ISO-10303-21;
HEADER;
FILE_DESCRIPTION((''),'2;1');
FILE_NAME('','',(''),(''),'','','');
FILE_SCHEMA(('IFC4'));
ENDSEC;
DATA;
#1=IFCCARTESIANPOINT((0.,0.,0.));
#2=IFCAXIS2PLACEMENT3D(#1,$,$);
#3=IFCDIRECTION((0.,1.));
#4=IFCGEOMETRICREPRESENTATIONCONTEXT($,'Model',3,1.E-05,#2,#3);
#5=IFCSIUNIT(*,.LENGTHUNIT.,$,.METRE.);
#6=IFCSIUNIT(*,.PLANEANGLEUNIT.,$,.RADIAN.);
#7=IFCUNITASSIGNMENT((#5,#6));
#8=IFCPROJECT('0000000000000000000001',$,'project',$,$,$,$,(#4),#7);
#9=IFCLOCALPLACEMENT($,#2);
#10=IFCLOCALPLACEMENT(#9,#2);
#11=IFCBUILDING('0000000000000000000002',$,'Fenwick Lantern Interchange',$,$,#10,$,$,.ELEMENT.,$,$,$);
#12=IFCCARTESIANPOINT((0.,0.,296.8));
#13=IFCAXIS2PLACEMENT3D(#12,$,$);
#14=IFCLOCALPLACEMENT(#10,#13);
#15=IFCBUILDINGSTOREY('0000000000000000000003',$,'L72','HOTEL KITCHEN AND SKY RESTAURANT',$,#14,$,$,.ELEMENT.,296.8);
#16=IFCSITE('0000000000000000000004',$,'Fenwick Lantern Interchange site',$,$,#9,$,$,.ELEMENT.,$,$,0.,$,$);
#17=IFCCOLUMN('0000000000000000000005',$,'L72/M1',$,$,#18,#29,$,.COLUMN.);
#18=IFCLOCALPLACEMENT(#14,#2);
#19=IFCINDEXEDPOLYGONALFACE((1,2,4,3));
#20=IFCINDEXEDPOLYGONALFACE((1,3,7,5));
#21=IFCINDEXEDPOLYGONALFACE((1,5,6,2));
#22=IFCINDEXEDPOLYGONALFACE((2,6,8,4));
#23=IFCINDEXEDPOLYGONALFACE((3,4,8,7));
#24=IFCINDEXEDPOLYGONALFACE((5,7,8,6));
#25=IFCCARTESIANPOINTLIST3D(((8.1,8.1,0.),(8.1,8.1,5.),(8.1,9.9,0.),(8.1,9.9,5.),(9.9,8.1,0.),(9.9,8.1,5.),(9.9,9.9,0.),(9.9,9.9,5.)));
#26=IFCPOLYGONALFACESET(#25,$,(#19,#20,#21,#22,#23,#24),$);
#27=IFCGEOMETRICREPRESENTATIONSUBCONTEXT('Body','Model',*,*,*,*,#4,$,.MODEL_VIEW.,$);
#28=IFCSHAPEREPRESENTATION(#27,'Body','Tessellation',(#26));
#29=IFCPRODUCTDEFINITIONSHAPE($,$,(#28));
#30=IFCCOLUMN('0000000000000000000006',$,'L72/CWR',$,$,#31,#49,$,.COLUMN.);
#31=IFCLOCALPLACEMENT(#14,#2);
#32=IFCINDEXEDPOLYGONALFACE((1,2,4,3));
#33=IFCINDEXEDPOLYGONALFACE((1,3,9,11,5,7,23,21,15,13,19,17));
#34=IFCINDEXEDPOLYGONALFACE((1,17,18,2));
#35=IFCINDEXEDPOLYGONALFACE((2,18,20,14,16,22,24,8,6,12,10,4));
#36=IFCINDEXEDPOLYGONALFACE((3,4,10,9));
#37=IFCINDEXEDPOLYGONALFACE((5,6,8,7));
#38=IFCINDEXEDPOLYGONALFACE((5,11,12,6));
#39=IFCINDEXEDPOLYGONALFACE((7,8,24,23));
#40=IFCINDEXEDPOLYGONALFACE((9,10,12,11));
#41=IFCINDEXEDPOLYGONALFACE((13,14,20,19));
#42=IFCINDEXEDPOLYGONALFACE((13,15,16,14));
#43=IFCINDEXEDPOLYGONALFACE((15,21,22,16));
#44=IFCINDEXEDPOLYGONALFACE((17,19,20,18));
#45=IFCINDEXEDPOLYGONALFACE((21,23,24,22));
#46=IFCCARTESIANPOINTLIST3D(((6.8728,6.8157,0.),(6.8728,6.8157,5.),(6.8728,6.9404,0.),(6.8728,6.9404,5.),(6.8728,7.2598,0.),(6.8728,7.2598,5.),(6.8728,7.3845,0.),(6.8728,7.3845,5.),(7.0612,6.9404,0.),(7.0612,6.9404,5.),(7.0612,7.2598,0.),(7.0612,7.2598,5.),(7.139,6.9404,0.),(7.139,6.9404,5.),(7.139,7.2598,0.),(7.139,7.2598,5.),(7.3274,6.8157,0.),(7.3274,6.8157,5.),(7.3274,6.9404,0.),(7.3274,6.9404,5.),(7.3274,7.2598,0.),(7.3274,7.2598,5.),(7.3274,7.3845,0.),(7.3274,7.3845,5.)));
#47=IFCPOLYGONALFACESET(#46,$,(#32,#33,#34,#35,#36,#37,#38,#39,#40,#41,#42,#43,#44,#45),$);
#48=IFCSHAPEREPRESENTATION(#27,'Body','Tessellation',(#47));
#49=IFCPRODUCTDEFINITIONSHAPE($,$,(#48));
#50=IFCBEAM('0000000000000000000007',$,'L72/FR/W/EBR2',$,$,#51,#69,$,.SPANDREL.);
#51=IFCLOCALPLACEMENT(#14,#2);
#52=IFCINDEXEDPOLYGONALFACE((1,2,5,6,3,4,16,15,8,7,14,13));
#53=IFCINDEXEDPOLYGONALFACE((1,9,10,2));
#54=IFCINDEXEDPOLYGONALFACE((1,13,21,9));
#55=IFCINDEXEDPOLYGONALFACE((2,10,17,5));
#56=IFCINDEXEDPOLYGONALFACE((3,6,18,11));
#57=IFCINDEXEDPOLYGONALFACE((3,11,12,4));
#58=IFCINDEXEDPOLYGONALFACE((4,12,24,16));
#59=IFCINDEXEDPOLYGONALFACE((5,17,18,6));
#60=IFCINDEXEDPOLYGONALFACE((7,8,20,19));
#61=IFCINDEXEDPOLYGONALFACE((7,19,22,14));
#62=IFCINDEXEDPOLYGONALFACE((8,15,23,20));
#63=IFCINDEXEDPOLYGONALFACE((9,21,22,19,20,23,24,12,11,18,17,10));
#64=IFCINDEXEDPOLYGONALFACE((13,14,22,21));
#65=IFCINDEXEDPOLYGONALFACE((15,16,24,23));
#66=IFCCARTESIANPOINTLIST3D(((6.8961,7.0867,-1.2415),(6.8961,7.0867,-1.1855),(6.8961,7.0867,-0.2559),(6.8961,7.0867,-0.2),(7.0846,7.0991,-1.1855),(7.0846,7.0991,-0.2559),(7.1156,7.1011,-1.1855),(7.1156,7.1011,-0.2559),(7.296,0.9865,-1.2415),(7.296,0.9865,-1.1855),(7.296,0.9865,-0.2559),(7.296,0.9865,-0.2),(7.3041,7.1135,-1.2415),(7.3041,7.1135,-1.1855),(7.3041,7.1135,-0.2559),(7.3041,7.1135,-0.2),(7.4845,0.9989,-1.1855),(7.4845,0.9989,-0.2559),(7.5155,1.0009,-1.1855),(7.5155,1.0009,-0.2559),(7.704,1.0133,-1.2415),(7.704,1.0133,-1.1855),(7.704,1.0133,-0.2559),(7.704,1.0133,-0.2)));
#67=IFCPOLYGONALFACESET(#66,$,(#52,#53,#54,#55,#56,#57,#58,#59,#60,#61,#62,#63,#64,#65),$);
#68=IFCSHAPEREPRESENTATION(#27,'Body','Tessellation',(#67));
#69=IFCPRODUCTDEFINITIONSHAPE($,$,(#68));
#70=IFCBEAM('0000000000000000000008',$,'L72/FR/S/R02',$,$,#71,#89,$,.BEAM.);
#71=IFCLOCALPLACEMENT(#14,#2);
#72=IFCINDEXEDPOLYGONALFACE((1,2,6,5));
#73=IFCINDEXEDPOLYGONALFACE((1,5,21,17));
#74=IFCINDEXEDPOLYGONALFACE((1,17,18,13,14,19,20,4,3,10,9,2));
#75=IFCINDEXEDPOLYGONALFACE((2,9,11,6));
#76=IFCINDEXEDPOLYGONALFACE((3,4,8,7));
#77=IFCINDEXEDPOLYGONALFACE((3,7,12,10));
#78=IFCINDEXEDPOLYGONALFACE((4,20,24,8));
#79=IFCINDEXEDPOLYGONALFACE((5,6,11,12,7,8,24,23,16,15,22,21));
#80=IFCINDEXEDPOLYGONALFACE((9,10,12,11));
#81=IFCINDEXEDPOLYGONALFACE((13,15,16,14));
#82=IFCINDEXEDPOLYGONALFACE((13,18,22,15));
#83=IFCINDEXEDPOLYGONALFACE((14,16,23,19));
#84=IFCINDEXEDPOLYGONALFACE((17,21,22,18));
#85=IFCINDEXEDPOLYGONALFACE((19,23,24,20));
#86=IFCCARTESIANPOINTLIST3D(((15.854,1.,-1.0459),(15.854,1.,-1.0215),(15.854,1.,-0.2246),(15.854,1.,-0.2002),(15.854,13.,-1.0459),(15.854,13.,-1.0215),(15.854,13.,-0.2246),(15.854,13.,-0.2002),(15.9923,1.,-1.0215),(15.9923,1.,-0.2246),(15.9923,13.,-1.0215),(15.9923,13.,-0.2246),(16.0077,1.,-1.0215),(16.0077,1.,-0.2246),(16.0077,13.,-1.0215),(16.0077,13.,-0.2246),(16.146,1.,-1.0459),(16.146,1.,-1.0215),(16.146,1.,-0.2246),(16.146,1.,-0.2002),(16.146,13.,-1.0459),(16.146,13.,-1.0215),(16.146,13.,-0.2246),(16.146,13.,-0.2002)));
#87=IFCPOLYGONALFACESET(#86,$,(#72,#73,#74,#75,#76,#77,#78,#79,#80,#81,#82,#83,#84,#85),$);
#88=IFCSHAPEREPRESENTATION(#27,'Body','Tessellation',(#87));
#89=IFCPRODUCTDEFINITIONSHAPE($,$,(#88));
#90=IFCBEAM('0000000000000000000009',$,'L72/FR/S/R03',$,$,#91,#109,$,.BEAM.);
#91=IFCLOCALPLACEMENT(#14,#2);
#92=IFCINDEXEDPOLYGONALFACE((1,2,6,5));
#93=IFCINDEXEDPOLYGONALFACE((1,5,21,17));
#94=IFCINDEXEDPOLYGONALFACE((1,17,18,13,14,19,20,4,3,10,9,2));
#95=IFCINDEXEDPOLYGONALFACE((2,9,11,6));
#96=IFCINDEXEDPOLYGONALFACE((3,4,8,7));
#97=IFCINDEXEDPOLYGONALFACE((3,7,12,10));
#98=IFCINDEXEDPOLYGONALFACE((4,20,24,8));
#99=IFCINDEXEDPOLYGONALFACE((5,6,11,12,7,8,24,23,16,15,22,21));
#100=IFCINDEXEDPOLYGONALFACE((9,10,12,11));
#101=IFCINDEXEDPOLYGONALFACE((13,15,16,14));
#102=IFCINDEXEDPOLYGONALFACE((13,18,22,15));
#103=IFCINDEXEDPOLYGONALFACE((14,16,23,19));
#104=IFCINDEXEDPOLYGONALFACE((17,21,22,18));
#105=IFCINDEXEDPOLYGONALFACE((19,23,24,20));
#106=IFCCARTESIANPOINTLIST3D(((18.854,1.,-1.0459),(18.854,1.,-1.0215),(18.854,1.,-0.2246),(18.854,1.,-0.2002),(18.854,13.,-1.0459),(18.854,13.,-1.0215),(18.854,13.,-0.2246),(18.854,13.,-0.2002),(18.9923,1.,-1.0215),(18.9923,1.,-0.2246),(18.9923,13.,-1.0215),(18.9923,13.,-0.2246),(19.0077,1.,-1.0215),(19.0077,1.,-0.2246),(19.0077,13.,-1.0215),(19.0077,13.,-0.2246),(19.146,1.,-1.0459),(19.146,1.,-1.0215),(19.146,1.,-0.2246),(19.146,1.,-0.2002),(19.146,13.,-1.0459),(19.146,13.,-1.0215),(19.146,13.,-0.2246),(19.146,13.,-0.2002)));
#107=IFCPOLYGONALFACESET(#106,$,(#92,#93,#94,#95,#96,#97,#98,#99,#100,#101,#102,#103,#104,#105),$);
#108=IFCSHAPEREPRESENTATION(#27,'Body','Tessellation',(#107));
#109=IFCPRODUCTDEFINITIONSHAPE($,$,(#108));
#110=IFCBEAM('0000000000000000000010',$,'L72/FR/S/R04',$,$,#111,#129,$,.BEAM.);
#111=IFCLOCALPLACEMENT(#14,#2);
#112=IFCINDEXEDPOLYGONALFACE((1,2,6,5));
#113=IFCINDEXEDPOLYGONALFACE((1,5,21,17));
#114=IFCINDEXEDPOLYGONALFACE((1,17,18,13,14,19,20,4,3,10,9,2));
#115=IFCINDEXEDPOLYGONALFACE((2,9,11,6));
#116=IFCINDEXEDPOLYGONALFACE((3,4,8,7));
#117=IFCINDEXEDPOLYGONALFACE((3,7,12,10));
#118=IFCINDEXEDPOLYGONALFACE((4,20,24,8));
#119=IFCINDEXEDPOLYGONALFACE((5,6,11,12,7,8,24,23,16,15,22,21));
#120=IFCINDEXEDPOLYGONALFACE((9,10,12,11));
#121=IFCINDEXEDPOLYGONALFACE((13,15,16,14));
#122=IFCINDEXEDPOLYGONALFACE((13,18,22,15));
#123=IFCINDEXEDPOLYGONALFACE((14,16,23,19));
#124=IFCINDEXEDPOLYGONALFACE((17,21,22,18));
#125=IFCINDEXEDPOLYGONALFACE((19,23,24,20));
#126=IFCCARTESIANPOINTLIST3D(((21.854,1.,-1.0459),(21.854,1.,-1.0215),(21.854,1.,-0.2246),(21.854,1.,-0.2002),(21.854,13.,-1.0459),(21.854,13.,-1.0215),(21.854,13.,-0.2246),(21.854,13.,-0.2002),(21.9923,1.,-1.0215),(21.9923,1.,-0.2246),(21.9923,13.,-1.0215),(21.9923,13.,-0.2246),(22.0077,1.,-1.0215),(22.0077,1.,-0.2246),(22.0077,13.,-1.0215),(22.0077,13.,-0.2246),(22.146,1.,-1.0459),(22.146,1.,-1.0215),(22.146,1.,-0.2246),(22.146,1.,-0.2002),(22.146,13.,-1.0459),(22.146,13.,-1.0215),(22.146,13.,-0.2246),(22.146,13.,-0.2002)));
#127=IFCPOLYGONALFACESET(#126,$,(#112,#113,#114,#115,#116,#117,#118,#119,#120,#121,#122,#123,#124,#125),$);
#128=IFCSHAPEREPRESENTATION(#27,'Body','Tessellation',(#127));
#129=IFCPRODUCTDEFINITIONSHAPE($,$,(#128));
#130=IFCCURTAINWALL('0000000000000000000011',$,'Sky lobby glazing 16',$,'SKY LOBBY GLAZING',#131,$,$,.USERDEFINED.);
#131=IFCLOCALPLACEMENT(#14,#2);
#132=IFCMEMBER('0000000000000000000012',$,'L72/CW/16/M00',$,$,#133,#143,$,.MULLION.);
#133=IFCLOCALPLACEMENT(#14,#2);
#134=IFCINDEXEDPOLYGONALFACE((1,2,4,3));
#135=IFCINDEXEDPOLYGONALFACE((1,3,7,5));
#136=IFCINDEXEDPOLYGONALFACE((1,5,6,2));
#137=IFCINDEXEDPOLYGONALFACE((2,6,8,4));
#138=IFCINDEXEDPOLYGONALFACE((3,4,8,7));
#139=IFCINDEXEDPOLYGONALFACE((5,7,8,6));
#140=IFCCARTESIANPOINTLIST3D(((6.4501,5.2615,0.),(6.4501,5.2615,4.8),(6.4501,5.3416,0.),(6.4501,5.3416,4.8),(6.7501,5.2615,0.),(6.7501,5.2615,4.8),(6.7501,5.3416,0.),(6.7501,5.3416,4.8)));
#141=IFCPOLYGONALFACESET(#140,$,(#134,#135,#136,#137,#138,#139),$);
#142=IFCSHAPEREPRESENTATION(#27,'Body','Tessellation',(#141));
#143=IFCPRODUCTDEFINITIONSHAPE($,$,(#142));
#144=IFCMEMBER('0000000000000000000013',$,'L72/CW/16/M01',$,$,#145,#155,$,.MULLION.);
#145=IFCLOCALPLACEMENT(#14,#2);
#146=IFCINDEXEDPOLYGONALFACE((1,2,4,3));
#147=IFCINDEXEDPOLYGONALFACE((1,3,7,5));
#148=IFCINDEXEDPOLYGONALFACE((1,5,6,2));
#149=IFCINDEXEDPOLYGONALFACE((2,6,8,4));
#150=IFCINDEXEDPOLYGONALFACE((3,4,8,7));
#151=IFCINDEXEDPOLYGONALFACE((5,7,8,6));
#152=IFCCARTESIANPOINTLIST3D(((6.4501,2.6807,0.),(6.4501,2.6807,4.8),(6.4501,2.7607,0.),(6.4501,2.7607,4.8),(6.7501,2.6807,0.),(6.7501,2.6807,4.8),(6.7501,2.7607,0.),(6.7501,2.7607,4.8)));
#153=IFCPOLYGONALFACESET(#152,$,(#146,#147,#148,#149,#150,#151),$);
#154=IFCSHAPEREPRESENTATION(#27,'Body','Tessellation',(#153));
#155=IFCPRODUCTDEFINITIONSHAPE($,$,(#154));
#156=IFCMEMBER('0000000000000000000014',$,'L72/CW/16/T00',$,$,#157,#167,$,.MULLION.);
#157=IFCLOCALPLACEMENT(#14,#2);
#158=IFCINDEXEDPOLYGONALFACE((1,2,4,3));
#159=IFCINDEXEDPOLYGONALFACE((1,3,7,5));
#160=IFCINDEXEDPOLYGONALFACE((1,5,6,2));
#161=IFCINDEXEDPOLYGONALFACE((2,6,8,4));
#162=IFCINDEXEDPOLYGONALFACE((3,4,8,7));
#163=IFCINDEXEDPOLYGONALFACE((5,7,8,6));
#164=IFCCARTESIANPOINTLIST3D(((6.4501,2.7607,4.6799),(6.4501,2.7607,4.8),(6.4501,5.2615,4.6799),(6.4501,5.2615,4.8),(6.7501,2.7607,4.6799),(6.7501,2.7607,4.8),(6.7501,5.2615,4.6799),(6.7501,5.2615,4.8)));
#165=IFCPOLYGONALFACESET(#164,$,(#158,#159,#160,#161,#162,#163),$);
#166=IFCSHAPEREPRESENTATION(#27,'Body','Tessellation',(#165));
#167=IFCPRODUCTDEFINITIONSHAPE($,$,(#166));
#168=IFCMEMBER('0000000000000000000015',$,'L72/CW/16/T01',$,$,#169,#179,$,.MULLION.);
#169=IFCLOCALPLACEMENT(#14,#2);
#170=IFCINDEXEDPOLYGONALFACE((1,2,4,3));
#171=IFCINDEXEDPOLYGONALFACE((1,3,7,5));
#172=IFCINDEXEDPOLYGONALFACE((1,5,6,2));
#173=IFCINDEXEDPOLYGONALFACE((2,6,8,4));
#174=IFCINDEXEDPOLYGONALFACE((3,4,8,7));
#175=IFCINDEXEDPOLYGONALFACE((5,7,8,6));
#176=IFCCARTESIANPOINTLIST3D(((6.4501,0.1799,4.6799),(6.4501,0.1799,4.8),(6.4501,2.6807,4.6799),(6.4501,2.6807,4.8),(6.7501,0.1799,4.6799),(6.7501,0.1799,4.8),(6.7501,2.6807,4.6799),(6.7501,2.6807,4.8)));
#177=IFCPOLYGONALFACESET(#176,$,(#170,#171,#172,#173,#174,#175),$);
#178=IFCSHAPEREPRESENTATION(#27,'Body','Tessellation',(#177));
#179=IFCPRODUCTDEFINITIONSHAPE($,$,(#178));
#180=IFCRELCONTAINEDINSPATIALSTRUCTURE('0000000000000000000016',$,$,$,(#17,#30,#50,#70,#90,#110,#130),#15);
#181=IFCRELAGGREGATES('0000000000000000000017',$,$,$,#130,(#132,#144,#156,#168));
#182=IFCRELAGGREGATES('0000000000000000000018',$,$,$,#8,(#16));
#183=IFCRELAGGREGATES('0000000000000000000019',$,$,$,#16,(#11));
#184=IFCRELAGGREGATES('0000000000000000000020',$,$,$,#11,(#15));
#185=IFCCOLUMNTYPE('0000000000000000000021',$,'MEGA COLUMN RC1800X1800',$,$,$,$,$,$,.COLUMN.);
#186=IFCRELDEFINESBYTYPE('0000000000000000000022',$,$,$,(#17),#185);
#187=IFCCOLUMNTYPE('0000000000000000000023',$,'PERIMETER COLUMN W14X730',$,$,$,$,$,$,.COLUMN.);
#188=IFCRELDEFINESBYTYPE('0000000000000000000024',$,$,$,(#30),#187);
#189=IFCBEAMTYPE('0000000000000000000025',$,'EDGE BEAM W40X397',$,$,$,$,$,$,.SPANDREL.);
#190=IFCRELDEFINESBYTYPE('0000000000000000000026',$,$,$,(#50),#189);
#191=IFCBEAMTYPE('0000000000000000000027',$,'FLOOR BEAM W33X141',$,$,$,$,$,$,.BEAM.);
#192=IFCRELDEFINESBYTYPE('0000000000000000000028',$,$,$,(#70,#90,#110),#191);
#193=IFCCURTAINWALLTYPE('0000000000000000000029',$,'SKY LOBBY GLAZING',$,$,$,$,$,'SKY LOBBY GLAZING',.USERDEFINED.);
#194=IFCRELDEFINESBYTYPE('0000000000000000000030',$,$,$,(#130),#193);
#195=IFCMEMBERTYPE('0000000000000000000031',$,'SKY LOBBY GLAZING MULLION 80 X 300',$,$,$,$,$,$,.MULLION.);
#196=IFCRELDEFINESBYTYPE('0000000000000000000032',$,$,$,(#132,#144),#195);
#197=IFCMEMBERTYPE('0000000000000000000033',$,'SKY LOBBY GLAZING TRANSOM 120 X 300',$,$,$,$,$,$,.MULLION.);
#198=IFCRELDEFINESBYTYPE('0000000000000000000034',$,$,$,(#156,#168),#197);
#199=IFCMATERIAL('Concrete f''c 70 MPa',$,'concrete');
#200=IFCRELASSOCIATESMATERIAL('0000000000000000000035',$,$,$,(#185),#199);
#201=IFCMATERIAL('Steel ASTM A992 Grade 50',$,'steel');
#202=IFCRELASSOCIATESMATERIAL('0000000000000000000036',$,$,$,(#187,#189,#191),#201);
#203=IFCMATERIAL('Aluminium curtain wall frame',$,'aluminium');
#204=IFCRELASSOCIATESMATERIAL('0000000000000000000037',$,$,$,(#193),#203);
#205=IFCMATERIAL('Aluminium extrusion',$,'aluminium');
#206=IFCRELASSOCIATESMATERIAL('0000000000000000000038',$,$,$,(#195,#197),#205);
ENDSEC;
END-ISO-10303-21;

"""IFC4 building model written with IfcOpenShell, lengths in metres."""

from ifc_helpers import new_model, si_unit, direction, frame, origin, origin_2d, place, context, subcontext, project, spatial, rectangle, i_section, extrude, material, material_profile, profile_set, type_object, element, aggregate, save


model = new_model("IFC4")

# Units and contexts
model_context = context("Model", 3, precision=1e-05, world=origin(), true_north=direction((0.0, 1.0)))
body_context = subcontext(model_context, "Body", "Model", "MODEL_VIEW")
ifc_project = project(units=[si_unit("LENGTHUNIT", "METRE"), si_unit("PLANEANGLEUNIT", "RADIAN")], contexts=[model_context])

# Site, building, storey
site_placement = place(None, origin())
site = spatial("IfcSite", under=ifc_project, at=site_placement, Name="Fenwick Lantern Interchange site", CompositionType="ELEMENT", RefElevation=0.0)
building_placement = place(site_placement, origin())
building = spatial("IfcBuilding", under=site, at=building_placement, Name="Fenwick Lantern Interchange", CompositionType="ELEMENT")
storey_placement = place(building_placement, frame((0.0, 0.0, 296.8)))
storey = spatial("IfcBuildingStorey", under=building, at=storey_placement, Name="L72", Description="HOTEL KITCHEN AND SKY RESTAURANT", CompositionType="ELEMENT", Elevation=296.8)

# Columns
ifc_material_1 = material(Name="Concrete f'c 70 MPa", Category="concrete")
ifc_material_profile_1 = material_profile(ifc_material_1, rectangle(XDim=1.8, YDim=1.8, at=origin_2d()), Name="RC1800X1800")
ifc_profile_set_1 = profile_set([ifc_material_profile_1], Name="Concrete f'c 70 MPa")
column_type_1 = type_object("IfcColumnType", Name="MEGA COLUMN RC1800X1800", PredefinedType="COLUMN", material=ifc_profile_set_1)
column_1_placement = place(storey_placement, frame((9.0, 9.0, 0.0), z_axis=(0.0, 0.0, 1.0), x_axis=(1.0, 0.0, 0.0)))
element("IfcColumn", 1, at=column_1_placement, inside=storey, type_object=column_type_1, Name="L72/M1", PredefinedType="COLUMN", context=body_context, shape_type="SweptSolid", body=[
    extrude(rectangle(XDim=1.8, YDim=1.8, at=origin_2d()), origin(), (0.0, 0.0, 1.0), 5.0),
])
ifc_material_2 = material(Name="Steel ASTM A992 Grade 50", Category="steel")
ifc_material_profile_2 = material_profile(ifc_material_2, i_section(OverallWidth=0.4546, OverallDepth=0.5688, WebThickness=0.0779, FlangeThickness=0.1248, at=origin_2d()), Name="W14X730")
ifc_profile_set_2 = profile_set([ifc_material_profile_2], Name="Steel ASTM A992 Grade 50")
column_type_2 = type_object("IfcColumnType", Name="PERIMETER COLUMN W14X730", PredefinedType="COLUMN", material=ifc_profile_set_2)
column_2_placement = place(storey_placement, frame((7.1001, 7.1001, 0.0), z_axis=(0.0, 0.0, 1.0), x_axis=(1.0, 0.0, 0.0)))
element("IfcColumn", 2, at=column_2_placement, inside=storey, type_object=column_type_2, Name="L72/CWR", PredefinedType="COLUMN", context=body_context, shape_type="SweptSolid", body=[
    extrude(i_section(OverallWidth=0.4546, OverallDepth=0.5688, WebThickness=0.0779, FlangeThickness=0.1248, at=origin_2d()), origin(), (0.0, 0.0, 1.0), 5.0),
])

# Beams
ifc_material_profile_3 = material_profile(ifc_material_2, i_section(OverallWidth=0.4089, OverallDepth=1.0415, WebThickness=0.031, FlangeThickness=0.0559, at=origin_2d()), Name="W40X397")
ifc_profile_set_3 = profile_set([ifc_material_profile_3], Name="Steel ASTM A992 Grade 50")
beam_type_1 = type_object("IfcBeamType", Name="EDGE BEAM W40X397", PredefinedType="SPANDREL", material=ifc_profile_set_3)
beam_placement = place(storey_placement, frame((7.1001, 7.1001, -0.7207), z_axis=(0.065416, -0.997858, 0.0), x_axis=(0.997858, 0.065416, 0.0)))
element("IfcBeam", 3, at=beam_placement, inside=storey, type_object=beam_type_1, Name="L72/FR/W/EBR2", PredefinedType="SPANDREL", context=body_context, shape_type="SweptSolid", body=[
    extrude(i_section(OverallWidth=0.4089, OverallDepth=1.0415, WebThickness=0.031, FlangeThickness=0.0559, at=origin_2d()), origin(), (0.0, 0.0, 1.0), 6.1133),
])
ifc_material_profile_4 = material_profile(ifc_material_2, i_section(OverallWidth=0.292, OverallDepth=0.8457, WebThickness=0.0154, FlangeThickness=0.0244, at=origin_2d()), Name="W33X141")
ifc_profile_set_4 = profile_set([ifc_material_profile_4], Name="Steel ASTM A992 Grade 50")
beam_type_2 = type_object("IfcBeamType", Name="FLOOR BEAM W33X141", PredefinedType="BEAM", material=ifc_profile_set_4)
for number, where, z_axis, x_axis, name in (
    (4, (16.0, 1.0, -0.623), (0.0, 1.0, 0.0), (-1.0, 0.0, 0.0), "L72/FR/S/R02"),
    (5, (19.0, 1.0, -0.623), (0.0, 1.0, 0.0), (-1.0, 0.0, 0.0), "L72/FR/S/R03"),
    (6, (22.0, 1.0, -0.623), (0.0, 1.0, 0.0), (-1.0, 0.0, 0.0), "L72/FR/S/R04"),
):
    element("IfcBeam", number, at=place(storey_placement, frame(where, z_axis=z_axis, x_axis=x_axis)), inside=storey, type_object=beam_type_2, Name=name, PredefinedType="BEAM", context=body_context, shape_type="SweptSolid", body=[
        extrude(i_section(OverallWidth=0.292, OverallDepth=0.8457, WebThickness=0.0154, FlangeThickness=0.0244, at=origin_2d()), origin(), (0.0, 0.0, 1.0), 12.0),
    ])

# Curtain wall, members
ifc_material_3 = material(Name="Aluminium curtain wall frame", Category="aluminium")
curtain_wall_type = type_object("IfcCurtainWallType", Name="SKY LOBBY GLAZING", ElementType="SKY LOBBY GLAZING", PredefinedType="USERDEFINED", material=ifc_material_3)
curtain_wall_placement = place(storey_placement, origin())
curtain_wall = element("IfcCurtainWall", 7, at=curtain_wall_placement, inside=storey, type_object=curtain_wall_type, Name="Sky lobby glazing 16", ObjectType="SKY LOBBY GLAZING", PredefinedType="USERDEFINED")
ifc_material_4 = material(Name="Aluminium extrusion", Category="aluminium")
ifc_material_profile_5 = material_profile(ifc_material_4, rectangle(XDim=0.3, YDim=0.0801, at=origin_2d()), Name="SKY LOBBY GLAZING MULLION 80 X 300")
ifc_profile_set_5 = profile_set([ifc_material_profile_5], Name="Aluminium extrusion")
member_type_1 = type_object("IfcMemberType", Name="SKY LOBBY GLAZING MULLION 80 X 300", PredefinedType="MULLION", material=ifc_profile_set_5)
member_1_placement = place(storey_placement, frame((6.6001, 5.3015, 0.0), z_axis=(0.0, 0.0, 1.0), x_axis=(1.0, 0.0, 0.0)))
member_1 = element("IfcMember", 8, at=member_1_placement, type_object=member_type_1, Name="L72/CW/16/M00", PredefinedType="MULLION", context=body_context, shape_type="SweptSolid", body=[
    extrude(rectangle(XDim=0.3, YDim=0.0801, at=origin_2d()), origin(), (0.0, 0.0, 1.0), 4.8),
])
member_2_placement = place(storey_placement, frame((6.6001, 2.7207, 0.0), z_axis=(0.0, 0.0, 1.0), x_axis=(1.0, 0.0, 0.0)))
member_2 = element("IfcMember", 9, at=member_2_placement, type_object=member_type_1, Name="L72/CW/16/M01", PredefinedType="MULLION", context=body_context, shape_type="SweptSolid", body=[
    extrude(rectangle(XDim=0.3, YDim=0.0801, at=origin_2d()), origin(), (0.0, 0.0, 1.0), 4.8),
])
ifc_material_profile_6 = material_profile(ifc_material_4, rectangle(XDim=0.3, YDim=0.1201, at=origin_2d()), Name="SKY LOBBY GLAZING TRANSOM 120 X 300")
ifc_profile_set_6 = profile_set([ifc_material_profile_6], Name="Aluminium extrusion")
member_type_2 = type_object("IfcMemberType", Name="SKY LOBBY GLAZING TRANSOM 120 X 300", PredefinedType="MULLION", material=ifc_profile_set_6)
member_3_placement = place(storey_placement, frame((6.6001, 5.2615, 4.74), z_axis=(0.0, -1.0, 0.0), x_axis=(1.0, 0.0, 0.0)))
member_3 = element("IfcMember", 10, at=member_3_placement, type_object=member_type_2, Name="L72/CW/16/T00", PredefinedType="MULLION", context=body_context, shape_type="SweptSolid", body=[
    extrude(rectangle(XDim=0.3, YDim=0.1201, at=origin_2d()), origin(), (0.0, 0.0, 1.0), 2.5007),
])
member_4_placement = place(storey_placement, frame((6.6001, 2.6807, 4.74), z_axis=(0.0, -1.0, 0.0), x_axis=(1.0, 0.0, 0.0)))
member_4 = element("IfcMember", 11, at=member_4_placement, type_object=member_type_2, Name="L72/CW/16/T01", PredefinedType="MULLION", context=body_context, shape_type="SweptSolid", body=[
    extrude(rectangle(XDim=0.3, YDim=0.1201, at=origin_2d()), origin(), (0.0, 0.0, 1.0), 2.5007),
])
aggregate(curtain_wall, [member_1, member_2, member_3, member_4])

save(model, "model.ifc")
